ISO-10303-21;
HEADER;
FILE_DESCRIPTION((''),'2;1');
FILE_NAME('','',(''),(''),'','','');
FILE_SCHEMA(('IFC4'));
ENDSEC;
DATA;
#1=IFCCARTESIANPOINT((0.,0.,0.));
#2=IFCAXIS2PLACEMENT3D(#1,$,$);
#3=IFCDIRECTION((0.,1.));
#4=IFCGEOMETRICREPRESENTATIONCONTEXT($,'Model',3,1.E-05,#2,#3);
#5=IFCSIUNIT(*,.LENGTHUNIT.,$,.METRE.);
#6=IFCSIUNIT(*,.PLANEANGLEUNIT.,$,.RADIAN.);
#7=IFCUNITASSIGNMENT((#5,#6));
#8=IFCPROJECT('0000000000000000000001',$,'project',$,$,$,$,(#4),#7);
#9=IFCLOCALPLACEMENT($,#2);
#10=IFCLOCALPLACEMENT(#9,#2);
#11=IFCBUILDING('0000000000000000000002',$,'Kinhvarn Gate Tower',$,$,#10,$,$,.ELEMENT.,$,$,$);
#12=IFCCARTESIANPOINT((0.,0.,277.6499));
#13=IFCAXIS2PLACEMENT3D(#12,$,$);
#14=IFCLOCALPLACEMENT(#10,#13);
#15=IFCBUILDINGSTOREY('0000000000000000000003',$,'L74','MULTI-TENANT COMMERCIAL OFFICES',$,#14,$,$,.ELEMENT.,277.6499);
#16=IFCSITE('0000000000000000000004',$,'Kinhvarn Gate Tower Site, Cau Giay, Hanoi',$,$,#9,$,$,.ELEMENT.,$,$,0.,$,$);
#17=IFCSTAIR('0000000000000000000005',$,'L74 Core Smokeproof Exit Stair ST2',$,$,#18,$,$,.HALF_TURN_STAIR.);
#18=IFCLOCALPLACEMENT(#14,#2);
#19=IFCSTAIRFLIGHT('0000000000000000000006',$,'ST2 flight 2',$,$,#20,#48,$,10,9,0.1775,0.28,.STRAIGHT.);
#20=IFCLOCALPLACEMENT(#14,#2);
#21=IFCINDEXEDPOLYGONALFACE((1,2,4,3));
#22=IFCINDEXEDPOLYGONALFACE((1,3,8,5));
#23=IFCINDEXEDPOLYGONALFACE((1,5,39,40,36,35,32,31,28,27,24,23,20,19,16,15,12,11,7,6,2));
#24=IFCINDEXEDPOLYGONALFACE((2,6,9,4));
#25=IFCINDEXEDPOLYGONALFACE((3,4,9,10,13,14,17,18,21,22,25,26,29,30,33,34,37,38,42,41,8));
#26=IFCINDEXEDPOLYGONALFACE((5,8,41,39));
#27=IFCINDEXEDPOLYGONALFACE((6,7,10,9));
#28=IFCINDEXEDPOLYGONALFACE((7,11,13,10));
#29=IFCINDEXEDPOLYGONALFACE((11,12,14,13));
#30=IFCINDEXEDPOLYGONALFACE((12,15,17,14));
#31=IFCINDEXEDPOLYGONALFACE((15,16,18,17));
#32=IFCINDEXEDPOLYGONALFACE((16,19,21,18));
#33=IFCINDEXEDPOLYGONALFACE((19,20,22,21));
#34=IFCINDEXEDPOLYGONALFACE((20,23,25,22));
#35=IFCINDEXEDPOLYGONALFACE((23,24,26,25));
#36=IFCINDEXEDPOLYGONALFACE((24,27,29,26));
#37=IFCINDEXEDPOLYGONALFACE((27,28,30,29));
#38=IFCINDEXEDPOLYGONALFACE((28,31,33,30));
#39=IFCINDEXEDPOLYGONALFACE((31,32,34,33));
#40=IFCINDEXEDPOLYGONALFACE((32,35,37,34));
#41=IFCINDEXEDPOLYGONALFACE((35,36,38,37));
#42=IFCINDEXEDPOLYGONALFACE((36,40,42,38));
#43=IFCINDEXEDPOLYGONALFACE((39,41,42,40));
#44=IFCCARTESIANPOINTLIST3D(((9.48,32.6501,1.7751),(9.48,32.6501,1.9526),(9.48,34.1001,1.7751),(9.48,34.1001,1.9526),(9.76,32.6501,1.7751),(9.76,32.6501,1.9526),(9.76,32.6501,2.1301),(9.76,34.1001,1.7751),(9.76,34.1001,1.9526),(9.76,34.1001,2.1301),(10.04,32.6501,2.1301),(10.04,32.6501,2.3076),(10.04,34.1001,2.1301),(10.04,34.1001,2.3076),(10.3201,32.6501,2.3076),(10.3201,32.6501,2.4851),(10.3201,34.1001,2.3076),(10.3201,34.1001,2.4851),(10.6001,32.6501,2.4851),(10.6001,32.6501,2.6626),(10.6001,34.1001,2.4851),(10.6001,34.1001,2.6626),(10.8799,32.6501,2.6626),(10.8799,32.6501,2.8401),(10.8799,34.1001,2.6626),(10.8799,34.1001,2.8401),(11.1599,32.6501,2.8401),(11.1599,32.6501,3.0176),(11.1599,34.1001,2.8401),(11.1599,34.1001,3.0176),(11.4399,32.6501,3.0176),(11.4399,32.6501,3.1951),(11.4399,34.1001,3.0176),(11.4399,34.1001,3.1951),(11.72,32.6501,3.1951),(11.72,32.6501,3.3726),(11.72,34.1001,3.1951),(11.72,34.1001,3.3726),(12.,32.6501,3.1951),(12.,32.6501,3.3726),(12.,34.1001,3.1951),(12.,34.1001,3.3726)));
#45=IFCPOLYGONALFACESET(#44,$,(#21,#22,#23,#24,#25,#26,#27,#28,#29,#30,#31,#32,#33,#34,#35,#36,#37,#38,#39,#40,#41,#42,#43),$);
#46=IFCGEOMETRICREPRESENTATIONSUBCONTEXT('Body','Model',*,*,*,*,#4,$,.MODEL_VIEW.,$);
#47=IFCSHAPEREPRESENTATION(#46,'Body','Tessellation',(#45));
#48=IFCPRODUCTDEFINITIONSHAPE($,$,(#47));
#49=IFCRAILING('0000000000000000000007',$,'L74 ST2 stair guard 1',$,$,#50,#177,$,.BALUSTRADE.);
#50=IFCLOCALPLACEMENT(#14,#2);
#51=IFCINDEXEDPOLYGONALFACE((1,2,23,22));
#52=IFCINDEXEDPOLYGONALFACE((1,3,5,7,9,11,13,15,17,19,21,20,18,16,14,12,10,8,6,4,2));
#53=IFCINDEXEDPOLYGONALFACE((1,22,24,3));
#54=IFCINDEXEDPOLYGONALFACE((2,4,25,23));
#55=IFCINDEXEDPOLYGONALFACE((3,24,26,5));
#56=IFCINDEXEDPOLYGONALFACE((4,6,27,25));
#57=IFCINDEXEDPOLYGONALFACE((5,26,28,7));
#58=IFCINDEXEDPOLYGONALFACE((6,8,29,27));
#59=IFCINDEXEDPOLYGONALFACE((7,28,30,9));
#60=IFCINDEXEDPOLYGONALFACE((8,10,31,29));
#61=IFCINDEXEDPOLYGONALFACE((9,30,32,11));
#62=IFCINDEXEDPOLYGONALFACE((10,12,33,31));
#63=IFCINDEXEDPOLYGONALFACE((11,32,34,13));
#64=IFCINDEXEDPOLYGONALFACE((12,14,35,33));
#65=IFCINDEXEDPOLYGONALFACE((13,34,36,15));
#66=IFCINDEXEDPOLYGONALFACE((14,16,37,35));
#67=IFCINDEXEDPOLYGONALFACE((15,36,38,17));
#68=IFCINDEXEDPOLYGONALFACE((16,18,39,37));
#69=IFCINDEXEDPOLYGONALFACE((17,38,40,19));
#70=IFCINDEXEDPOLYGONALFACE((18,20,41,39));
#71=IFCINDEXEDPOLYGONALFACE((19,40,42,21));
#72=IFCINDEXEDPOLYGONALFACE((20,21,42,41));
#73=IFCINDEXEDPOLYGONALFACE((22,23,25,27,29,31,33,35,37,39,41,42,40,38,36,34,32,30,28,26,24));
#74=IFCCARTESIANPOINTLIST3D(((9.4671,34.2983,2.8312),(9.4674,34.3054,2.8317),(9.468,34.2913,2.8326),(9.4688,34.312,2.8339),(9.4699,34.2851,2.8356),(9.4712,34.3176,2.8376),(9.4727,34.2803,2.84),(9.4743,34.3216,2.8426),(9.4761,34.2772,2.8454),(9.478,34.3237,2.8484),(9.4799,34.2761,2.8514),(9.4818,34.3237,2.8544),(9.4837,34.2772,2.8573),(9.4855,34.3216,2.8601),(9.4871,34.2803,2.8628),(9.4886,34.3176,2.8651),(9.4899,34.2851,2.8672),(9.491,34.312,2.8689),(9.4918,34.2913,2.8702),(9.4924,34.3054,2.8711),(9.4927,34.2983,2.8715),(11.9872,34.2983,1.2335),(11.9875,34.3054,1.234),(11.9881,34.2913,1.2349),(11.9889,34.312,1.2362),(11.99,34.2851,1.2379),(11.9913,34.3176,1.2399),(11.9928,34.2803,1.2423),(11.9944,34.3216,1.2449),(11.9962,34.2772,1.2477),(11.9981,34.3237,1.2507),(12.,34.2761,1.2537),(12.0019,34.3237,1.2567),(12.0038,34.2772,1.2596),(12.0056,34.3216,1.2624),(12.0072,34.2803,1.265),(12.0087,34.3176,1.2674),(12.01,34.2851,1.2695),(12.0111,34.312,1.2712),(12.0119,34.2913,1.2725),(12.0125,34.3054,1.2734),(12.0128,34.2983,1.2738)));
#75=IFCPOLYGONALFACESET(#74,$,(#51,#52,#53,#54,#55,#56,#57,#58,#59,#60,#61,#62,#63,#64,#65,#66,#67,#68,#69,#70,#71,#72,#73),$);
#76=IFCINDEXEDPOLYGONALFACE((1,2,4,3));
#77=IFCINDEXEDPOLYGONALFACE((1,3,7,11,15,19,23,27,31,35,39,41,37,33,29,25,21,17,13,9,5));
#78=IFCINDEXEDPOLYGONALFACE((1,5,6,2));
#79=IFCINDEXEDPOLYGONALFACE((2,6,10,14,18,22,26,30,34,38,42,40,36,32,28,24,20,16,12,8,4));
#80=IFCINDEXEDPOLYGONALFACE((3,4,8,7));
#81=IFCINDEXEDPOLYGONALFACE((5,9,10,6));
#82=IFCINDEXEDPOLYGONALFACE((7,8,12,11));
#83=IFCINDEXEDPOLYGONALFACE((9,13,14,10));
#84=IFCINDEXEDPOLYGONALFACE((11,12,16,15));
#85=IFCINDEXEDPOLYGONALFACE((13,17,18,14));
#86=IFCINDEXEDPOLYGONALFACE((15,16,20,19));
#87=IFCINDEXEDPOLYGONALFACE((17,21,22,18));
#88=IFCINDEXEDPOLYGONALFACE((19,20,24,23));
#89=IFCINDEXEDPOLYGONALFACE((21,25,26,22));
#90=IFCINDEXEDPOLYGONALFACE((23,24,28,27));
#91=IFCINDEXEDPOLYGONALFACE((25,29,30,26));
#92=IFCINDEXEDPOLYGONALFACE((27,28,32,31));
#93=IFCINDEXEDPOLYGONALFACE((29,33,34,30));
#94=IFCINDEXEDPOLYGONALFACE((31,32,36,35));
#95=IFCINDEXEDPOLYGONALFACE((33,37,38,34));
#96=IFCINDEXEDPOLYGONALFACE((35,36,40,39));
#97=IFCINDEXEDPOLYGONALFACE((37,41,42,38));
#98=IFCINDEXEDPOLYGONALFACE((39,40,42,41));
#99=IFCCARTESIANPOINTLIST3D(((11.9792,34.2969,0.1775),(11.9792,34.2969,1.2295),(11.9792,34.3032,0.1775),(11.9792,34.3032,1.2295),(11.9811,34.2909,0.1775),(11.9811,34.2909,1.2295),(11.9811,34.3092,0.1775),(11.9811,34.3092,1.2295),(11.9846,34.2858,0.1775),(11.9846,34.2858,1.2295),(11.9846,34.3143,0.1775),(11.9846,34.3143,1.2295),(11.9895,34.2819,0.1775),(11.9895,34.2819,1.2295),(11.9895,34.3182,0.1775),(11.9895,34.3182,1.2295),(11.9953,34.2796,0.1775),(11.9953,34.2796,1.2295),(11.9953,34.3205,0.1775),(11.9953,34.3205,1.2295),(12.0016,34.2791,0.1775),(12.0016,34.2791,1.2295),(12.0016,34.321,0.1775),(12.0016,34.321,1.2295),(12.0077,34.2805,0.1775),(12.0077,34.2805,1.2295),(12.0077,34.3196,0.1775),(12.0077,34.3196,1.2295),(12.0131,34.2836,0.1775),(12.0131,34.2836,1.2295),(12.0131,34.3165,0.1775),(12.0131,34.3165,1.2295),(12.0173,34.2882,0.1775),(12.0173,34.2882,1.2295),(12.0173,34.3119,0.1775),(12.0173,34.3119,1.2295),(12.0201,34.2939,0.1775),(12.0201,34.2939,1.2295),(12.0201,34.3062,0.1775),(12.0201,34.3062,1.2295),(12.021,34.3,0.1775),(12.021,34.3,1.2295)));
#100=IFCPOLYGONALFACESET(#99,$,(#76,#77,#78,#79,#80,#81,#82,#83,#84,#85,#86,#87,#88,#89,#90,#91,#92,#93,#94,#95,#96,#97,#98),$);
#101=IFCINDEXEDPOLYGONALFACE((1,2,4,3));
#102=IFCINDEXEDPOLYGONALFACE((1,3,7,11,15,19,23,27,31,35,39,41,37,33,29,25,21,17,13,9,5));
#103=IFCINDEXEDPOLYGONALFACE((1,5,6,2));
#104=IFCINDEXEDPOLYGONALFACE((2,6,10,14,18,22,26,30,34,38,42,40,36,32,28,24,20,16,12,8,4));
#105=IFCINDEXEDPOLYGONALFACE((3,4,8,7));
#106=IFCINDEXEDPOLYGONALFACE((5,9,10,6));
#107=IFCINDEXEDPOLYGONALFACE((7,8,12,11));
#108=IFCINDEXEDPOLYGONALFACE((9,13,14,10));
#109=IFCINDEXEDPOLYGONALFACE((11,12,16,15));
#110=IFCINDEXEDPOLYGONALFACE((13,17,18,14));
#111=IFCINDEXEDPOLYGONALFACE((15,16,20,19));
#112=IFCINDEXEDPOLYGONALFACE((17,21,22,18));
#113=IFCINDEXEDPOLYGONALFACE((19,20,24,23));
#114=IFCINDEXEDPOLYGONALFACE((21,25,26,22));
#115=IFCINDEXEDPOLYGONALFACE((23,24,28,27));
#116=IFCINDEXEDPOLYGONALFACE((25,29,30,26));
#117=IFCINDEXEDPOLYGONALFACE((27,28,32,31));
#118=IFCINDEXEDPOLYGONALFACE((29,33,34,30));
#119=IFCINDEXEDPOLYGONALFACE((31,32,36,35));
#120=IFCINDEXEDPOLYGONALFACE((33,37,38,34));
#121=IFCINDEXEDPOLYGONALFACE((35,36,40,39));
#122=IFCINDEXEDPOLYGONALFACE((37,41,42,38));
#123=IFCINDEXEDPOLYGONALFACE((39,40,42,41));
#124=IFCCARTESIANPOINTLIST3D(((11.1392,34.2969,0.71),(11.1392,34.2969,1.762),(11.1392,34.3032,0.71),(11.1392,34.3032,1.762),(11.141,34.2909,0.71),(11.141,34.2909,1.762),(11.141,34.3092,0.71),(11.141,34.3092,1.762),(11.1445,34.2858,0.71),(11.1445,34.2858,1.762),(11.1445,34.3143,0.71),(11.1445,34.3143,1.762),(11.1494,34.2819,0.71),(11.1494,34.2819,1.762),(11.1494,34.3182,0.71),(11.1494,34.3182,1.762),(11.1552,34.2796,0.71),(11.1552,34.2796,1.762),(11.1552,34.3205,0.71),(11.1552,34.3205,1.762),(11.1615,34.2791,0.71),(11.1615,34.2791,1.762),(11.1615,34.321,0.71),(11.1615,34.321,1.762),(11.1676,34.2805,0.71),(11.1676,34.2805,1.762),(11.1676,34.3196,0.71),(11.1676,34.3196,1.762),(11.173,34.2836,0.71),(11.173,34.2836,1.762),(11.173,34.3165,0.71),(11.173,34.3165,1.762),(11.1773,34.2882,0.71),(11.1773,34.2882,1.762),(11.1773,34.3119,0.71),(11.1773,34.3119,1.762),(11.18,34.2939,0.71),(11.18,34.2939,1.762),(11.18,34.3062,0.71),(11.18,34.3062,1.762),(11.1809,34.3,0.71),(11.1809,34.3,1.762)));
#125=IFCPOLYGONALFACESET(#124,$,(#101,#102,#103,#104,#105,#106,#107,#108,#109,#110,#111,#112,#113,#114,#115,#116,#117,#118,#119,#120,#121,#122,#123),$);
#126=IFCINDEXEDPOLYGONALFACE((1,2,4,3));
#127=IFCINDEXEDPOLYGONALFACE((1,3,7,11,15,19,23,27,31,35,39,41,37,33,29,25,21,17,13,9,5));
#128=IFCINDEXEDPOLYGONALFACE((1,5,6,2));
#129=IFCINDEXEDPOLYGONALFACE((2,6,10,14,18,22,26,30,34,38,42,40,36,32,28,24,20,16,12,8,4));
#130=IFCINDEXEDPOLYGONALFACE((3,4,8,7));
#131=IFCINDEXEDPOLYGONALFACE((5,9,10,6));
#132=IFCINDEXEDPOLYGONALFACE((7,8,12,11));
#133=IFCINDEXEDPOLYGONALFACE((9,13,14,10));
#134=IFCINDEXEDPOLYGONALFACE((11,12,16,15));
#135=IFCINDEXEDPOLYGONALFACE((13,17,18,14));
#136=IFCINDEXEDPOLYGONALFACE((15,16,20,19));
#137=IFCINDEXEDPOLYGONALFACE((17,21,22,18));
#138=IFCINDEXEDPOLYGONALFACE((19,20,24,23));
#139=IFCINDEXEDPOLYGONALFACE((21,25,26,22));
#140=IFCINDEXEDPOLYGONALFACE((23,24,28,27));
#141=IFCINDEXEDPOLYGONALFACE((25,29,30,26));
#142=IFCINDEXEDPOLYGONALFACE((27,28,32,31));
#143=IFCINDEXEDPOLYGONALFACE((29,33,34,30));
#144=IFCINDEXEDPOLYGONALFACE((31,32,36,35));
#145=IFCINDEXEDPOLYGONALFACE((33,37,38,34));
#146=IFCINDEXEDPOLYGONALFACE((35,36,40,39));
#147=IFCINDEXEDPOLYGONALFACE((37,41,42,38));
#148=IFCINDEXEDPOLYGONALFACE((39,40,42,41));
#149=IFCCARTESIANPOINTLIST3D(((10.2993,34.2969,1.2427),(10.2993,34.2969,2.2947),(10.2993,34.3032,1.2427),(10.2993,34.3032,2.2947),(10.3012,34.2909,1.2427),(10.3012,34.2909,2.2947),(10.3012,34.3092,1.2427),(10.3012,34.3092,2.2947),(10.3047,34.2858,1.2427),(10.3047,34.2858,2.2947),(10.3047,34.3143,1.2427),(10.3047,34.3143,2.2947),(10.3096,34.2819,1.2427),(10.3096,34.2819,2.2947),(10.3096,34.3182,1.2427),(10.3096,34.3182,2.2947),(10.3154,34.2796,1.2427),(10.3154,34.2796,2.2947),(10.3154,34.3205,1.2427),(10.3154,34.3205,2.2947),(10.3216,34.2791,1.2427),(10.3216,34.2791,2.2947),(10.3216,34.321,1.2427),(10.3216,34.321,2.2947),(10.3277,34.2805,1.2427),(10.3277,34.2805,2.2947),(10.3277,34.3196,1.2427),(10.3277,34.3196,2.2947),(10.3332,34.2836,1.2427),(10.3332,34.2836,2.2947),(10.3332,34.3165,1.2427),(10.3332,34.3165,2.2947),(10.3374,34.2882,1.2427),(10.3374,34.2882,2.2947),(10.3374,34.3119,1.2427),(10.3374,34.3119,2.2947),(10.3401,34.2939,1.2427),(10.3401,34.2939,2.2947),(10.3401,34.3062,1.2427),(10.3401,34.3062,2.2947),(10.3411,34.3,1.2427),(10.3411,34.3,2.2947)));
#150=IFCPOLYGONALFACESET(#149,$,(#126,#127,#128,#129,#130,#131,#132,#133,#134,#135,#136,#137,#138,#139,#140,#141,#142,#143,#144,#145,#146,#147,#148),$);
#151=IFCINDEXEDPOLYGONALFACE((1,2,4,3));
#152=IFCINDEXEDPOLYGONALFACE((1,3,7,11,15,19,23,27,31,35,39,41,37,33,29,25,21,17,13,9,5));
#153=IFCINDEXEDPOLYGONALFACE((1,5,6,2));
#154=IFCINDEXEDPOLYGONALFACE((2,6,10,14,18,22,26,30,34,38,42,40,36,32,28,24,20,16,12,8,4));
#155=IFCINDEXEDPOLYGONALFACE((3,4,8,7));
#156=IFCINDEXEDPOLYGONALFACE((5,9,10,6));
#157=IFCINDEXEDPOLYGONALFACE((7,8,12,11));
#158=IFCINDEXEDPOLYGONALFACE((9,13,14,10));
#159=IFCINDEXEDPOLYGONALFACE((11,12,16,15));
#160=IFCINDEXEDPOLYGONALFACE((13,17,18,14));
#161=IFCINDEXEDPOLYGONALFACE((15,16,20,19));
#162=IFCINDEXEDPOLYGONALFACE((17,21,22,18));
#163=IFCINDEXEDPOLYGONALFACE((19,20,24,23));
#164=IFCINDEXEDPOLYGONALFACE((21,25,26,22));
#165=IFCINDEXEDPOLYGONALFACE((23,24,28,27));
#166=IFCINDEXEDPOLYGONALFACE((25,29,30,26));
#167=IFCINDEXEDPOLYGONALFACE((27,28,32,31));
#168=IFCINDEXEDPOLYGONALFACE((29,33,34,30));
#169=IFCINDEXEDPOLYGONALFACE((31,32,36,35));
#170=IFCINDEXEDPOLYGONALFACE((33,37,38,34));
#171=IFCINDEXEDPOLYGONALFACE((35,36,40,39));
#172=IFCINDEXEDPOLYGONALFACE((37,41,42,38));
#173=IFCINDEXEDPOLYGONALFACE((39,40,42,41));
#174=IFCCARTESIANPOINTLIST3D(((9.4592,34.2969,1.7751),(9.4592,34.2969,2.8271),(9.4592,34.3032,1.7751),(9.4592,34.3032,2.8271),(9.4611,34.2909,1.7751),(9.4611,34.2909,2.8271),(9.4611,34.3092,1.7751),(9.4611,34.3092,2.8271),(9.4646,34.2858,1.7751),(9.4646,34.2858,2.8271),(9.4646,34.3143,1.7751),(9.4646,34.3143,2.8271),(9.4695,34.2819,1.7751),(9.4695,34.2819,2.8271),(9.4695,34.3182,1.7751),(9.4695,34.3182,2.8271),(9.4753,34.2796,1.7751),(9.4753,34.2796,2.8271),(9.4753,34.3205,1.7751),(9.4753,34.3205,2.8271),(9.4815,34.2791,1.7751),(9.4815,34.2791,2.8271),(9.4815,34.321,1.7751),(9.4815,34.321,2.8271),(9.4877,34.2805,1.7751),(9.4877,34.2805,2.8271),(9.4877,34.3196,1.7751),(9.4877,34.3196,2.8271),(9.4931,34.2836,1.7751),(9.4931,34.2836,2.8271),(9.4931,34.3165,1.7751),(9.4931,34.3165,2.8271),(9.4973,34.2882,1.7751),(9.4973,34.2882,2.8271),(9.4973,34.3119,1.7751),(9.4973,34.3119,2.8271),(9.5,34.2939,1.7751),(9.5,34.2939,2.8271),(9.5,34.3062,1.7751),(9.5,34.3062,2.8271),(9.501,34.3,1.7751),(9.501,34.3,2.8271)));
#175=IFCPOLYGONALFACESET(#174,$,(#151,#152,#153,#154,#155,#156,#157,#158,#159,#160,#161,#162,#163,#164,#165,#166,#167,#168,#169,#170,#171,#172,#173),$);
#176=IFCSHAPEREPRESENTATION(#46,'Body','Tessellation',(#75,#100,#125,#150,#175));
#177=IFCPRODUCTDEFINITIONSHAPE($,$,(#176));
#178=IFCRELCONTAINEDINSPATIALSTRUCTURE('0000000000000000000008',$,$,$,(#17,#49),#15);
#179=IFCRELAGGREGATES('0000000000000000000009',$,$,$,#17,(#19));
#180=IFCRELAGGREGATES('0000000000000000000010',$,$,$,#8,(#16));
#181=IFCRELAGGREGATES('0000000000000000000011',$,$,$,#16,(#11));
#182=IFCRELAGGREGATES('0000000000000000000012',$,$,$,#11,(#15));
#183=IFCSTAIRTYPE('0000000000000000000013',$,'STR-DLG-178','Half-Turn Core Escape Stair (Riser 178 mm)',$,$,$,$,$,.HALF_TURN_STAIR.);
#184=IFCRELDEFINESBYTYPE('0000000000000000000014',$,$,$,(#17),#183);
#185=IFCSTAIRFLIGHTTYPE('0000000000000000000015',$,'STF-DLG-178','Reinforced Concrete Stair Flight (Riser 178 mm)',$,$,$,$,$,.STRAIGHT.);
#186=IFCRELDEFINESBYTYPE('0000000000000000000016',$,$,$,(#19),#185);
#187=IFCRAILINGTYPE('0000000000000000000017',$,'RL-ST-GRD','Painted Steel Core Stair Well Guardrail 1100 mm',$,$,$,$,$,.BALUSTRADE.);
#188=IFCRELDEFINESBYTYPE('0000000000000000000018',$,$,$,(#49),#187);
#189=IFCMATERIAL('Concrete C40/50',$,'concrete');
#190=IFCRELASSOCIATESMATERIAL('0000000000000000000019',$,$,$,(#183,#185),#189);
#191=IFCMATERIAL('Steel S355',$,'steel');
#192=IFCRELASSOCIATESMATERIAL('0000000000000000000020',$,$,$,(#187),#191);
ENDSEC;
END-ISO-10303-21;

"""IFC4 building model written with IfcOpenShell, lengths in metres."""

from ifc_helpers import new_model, si_unit, direction, frame, origin, origin_2d, place, context, subcontext, project, spatial, polyline, circle, outline, extrude, material, type_object, element, aggregate, save


model = new_model("IFC4")

# Units and contexts
model_context = context("Model", 3, precision=1e-05, world=origin(), true_north=direction((0.0, 1.0)))
body_context = subcontext(model_context, "Body", "Model", "MODEL_VIEW")
ifc_project = project(units=[si_unit("LENGTHUNIT", "METRE"), si_unit("PLANEANGLEUNIT", "RADIAN")], contexts=[model_context])

# Site, building, storey
site_placement = place(None, origin())
site = spatial("IfcSite", under=ifc_project, at=site_placement, Name="Kinhvarn Gate Tower Site, Cau Giay, Hanoi", CompositionType="ELEMENT", RefElevation=0.0)
building_placement = place(site_placement, origin())
building = spatial("IfcBuilding", under=site, at=building_placement, Name="Kinhvarn Gate Tower", CompositionType="ELEMENT")
storey_placement = place(building_placement, frame((0.0, 0.0, 277.6499)))
storey = spatial("IfcBuildingStorey", under=building, at=storey_placement, Name="L74", Description="MULTI-TENANT COMMERCIAL OFFICES", CompositionType="ELEMENT", Elevation=277.6499)

# Shared definitions
ifc_material_1 = material(Name="Concrete C40/50", Category="concrete")

# Stair, stair flight
stair_type = type_object("IfcStairType", Name="STR-DLG-178", Description="Half-Turn Core Escape Stair (Riser 178 mm)", PredefinedType="HALF_TURN_STAIR", material=ifc_material_1)
stair_placement = place(storey_placement, origin())
stair = element("IfcStair", 1, at=stair_placement, inside=storey, type_object=stair_type, Name="L74 Core Smokeproof Exit Stair ST2", PredefinedType="HALF_TURN_STAIR")
stair_flight_type = type_object("IfcStairFlightType", Name="STF-DLG-178", Description="Reinforced Concrete Stair Flight (Riser 178 mm)", PredefinedType="STRAIGHT", material=ifc_material_1)
stair_flight_placement = place(storey_placement, frame((9.48, 33.375, 1.7751), z_axis=(0.0, 0.0, 1.0), x_axis=(1.0, 0.0, 0.0)))
stair_flight = element("IfcStairFlight", 2, at=stair_flight_placement, type_object=stair_flight_type, Name="ST2 flight 2", NumberOfRisers=10, NumberOfTreads=9, PredefinedType="STRAIGHT", RiserHeight=0.1775, TreadLength=0.28, context=body_context, shape_type="SweptSolid", body=[
    extrude(outline(polyline([(0.0, 0.0), (0.0, 0.1775), (0.28, 0.1775), (0.28, 0.355), (0.5601, 0.355), (0.5601, 0.5325), (0.8401, 0.5325), (0.8401, 0.71), (1.1201, 0.71), (1.1201, 0.8875), (1.3999, 0.8875), (1.3999, 1.0649), (1.6799, 1.0649), (1.6799, 1.2424), (1.96, 1.2424), (1.96, 1.4199), (2.24, 1.4199), (2.24, 1.5974), (2.52, 1.5974), (2.52, 1.7749), (2.52, 1.4199), (0.28, 0.0), (0.0, 0.0)])), frame((0.0, 0.7251, 0.0), z_axis=(0.0, -1.0, 0.0), x_axis=(1.0, 0.0, 0.0)), (0.0, 0.0, 1.0), 1.45),
])
aggregate(stair, [stair_flight])

# Railing
ifc_material_2 = material(Name="Steel S355", Category="steel")
railing_type_1 = type_object("IfcRailingType", Name="RL-ST-GRD", Description="Painted Steel Core Stair Well Guardrail 1100 mm", PredefinedType="BALUSTRADE", material=ifc_material_2)
railing_1_placement = place(storey_placement, frame((12.0, 34.3, 0.1775)))
element("IfcRailing", 3, at=railing_1_placement, inside=storey, type_object=railing_type_1, Name="L74 ST2 stair guard 1", PredefinedType="BALUSTRADE", context=body_context, shape_type="SweptSolid", body=[
    extrude(circle(Radius=0.0239, at=origin_2d()), frame((0.0, 0.0, 1.0762), z_axis=(-0.84457, 0.0, 0.535445), x_axis=(0.0, -1.0, 0.0)), (0.0, 0.0, 1.0), 2.9839),
    extrude(circle(Radius=0.021, at=origin_2d()), origin(), (0.0, 0.0, 1.0), 1.052),
    extrude(circle(Radius=0.021, at=origin_2d()), frame((-0.8401, 0.0, 0.5325)), (0.0, 0.0, 1.0), 1.052),
    extrude(circle(Radius=0.021, at=origin_2d()), frame((-1.6799, 0.0, 1.0652)), (0.0, 0.0, 1.0), 1.052),
    extrude(circle(Radius=0.021, at=origin_2d()), frame((-2.52, 0.0, 1.5977)), (0.0, 0.0, 1.0), 1.052),
])

save(model, "model.ifc")
